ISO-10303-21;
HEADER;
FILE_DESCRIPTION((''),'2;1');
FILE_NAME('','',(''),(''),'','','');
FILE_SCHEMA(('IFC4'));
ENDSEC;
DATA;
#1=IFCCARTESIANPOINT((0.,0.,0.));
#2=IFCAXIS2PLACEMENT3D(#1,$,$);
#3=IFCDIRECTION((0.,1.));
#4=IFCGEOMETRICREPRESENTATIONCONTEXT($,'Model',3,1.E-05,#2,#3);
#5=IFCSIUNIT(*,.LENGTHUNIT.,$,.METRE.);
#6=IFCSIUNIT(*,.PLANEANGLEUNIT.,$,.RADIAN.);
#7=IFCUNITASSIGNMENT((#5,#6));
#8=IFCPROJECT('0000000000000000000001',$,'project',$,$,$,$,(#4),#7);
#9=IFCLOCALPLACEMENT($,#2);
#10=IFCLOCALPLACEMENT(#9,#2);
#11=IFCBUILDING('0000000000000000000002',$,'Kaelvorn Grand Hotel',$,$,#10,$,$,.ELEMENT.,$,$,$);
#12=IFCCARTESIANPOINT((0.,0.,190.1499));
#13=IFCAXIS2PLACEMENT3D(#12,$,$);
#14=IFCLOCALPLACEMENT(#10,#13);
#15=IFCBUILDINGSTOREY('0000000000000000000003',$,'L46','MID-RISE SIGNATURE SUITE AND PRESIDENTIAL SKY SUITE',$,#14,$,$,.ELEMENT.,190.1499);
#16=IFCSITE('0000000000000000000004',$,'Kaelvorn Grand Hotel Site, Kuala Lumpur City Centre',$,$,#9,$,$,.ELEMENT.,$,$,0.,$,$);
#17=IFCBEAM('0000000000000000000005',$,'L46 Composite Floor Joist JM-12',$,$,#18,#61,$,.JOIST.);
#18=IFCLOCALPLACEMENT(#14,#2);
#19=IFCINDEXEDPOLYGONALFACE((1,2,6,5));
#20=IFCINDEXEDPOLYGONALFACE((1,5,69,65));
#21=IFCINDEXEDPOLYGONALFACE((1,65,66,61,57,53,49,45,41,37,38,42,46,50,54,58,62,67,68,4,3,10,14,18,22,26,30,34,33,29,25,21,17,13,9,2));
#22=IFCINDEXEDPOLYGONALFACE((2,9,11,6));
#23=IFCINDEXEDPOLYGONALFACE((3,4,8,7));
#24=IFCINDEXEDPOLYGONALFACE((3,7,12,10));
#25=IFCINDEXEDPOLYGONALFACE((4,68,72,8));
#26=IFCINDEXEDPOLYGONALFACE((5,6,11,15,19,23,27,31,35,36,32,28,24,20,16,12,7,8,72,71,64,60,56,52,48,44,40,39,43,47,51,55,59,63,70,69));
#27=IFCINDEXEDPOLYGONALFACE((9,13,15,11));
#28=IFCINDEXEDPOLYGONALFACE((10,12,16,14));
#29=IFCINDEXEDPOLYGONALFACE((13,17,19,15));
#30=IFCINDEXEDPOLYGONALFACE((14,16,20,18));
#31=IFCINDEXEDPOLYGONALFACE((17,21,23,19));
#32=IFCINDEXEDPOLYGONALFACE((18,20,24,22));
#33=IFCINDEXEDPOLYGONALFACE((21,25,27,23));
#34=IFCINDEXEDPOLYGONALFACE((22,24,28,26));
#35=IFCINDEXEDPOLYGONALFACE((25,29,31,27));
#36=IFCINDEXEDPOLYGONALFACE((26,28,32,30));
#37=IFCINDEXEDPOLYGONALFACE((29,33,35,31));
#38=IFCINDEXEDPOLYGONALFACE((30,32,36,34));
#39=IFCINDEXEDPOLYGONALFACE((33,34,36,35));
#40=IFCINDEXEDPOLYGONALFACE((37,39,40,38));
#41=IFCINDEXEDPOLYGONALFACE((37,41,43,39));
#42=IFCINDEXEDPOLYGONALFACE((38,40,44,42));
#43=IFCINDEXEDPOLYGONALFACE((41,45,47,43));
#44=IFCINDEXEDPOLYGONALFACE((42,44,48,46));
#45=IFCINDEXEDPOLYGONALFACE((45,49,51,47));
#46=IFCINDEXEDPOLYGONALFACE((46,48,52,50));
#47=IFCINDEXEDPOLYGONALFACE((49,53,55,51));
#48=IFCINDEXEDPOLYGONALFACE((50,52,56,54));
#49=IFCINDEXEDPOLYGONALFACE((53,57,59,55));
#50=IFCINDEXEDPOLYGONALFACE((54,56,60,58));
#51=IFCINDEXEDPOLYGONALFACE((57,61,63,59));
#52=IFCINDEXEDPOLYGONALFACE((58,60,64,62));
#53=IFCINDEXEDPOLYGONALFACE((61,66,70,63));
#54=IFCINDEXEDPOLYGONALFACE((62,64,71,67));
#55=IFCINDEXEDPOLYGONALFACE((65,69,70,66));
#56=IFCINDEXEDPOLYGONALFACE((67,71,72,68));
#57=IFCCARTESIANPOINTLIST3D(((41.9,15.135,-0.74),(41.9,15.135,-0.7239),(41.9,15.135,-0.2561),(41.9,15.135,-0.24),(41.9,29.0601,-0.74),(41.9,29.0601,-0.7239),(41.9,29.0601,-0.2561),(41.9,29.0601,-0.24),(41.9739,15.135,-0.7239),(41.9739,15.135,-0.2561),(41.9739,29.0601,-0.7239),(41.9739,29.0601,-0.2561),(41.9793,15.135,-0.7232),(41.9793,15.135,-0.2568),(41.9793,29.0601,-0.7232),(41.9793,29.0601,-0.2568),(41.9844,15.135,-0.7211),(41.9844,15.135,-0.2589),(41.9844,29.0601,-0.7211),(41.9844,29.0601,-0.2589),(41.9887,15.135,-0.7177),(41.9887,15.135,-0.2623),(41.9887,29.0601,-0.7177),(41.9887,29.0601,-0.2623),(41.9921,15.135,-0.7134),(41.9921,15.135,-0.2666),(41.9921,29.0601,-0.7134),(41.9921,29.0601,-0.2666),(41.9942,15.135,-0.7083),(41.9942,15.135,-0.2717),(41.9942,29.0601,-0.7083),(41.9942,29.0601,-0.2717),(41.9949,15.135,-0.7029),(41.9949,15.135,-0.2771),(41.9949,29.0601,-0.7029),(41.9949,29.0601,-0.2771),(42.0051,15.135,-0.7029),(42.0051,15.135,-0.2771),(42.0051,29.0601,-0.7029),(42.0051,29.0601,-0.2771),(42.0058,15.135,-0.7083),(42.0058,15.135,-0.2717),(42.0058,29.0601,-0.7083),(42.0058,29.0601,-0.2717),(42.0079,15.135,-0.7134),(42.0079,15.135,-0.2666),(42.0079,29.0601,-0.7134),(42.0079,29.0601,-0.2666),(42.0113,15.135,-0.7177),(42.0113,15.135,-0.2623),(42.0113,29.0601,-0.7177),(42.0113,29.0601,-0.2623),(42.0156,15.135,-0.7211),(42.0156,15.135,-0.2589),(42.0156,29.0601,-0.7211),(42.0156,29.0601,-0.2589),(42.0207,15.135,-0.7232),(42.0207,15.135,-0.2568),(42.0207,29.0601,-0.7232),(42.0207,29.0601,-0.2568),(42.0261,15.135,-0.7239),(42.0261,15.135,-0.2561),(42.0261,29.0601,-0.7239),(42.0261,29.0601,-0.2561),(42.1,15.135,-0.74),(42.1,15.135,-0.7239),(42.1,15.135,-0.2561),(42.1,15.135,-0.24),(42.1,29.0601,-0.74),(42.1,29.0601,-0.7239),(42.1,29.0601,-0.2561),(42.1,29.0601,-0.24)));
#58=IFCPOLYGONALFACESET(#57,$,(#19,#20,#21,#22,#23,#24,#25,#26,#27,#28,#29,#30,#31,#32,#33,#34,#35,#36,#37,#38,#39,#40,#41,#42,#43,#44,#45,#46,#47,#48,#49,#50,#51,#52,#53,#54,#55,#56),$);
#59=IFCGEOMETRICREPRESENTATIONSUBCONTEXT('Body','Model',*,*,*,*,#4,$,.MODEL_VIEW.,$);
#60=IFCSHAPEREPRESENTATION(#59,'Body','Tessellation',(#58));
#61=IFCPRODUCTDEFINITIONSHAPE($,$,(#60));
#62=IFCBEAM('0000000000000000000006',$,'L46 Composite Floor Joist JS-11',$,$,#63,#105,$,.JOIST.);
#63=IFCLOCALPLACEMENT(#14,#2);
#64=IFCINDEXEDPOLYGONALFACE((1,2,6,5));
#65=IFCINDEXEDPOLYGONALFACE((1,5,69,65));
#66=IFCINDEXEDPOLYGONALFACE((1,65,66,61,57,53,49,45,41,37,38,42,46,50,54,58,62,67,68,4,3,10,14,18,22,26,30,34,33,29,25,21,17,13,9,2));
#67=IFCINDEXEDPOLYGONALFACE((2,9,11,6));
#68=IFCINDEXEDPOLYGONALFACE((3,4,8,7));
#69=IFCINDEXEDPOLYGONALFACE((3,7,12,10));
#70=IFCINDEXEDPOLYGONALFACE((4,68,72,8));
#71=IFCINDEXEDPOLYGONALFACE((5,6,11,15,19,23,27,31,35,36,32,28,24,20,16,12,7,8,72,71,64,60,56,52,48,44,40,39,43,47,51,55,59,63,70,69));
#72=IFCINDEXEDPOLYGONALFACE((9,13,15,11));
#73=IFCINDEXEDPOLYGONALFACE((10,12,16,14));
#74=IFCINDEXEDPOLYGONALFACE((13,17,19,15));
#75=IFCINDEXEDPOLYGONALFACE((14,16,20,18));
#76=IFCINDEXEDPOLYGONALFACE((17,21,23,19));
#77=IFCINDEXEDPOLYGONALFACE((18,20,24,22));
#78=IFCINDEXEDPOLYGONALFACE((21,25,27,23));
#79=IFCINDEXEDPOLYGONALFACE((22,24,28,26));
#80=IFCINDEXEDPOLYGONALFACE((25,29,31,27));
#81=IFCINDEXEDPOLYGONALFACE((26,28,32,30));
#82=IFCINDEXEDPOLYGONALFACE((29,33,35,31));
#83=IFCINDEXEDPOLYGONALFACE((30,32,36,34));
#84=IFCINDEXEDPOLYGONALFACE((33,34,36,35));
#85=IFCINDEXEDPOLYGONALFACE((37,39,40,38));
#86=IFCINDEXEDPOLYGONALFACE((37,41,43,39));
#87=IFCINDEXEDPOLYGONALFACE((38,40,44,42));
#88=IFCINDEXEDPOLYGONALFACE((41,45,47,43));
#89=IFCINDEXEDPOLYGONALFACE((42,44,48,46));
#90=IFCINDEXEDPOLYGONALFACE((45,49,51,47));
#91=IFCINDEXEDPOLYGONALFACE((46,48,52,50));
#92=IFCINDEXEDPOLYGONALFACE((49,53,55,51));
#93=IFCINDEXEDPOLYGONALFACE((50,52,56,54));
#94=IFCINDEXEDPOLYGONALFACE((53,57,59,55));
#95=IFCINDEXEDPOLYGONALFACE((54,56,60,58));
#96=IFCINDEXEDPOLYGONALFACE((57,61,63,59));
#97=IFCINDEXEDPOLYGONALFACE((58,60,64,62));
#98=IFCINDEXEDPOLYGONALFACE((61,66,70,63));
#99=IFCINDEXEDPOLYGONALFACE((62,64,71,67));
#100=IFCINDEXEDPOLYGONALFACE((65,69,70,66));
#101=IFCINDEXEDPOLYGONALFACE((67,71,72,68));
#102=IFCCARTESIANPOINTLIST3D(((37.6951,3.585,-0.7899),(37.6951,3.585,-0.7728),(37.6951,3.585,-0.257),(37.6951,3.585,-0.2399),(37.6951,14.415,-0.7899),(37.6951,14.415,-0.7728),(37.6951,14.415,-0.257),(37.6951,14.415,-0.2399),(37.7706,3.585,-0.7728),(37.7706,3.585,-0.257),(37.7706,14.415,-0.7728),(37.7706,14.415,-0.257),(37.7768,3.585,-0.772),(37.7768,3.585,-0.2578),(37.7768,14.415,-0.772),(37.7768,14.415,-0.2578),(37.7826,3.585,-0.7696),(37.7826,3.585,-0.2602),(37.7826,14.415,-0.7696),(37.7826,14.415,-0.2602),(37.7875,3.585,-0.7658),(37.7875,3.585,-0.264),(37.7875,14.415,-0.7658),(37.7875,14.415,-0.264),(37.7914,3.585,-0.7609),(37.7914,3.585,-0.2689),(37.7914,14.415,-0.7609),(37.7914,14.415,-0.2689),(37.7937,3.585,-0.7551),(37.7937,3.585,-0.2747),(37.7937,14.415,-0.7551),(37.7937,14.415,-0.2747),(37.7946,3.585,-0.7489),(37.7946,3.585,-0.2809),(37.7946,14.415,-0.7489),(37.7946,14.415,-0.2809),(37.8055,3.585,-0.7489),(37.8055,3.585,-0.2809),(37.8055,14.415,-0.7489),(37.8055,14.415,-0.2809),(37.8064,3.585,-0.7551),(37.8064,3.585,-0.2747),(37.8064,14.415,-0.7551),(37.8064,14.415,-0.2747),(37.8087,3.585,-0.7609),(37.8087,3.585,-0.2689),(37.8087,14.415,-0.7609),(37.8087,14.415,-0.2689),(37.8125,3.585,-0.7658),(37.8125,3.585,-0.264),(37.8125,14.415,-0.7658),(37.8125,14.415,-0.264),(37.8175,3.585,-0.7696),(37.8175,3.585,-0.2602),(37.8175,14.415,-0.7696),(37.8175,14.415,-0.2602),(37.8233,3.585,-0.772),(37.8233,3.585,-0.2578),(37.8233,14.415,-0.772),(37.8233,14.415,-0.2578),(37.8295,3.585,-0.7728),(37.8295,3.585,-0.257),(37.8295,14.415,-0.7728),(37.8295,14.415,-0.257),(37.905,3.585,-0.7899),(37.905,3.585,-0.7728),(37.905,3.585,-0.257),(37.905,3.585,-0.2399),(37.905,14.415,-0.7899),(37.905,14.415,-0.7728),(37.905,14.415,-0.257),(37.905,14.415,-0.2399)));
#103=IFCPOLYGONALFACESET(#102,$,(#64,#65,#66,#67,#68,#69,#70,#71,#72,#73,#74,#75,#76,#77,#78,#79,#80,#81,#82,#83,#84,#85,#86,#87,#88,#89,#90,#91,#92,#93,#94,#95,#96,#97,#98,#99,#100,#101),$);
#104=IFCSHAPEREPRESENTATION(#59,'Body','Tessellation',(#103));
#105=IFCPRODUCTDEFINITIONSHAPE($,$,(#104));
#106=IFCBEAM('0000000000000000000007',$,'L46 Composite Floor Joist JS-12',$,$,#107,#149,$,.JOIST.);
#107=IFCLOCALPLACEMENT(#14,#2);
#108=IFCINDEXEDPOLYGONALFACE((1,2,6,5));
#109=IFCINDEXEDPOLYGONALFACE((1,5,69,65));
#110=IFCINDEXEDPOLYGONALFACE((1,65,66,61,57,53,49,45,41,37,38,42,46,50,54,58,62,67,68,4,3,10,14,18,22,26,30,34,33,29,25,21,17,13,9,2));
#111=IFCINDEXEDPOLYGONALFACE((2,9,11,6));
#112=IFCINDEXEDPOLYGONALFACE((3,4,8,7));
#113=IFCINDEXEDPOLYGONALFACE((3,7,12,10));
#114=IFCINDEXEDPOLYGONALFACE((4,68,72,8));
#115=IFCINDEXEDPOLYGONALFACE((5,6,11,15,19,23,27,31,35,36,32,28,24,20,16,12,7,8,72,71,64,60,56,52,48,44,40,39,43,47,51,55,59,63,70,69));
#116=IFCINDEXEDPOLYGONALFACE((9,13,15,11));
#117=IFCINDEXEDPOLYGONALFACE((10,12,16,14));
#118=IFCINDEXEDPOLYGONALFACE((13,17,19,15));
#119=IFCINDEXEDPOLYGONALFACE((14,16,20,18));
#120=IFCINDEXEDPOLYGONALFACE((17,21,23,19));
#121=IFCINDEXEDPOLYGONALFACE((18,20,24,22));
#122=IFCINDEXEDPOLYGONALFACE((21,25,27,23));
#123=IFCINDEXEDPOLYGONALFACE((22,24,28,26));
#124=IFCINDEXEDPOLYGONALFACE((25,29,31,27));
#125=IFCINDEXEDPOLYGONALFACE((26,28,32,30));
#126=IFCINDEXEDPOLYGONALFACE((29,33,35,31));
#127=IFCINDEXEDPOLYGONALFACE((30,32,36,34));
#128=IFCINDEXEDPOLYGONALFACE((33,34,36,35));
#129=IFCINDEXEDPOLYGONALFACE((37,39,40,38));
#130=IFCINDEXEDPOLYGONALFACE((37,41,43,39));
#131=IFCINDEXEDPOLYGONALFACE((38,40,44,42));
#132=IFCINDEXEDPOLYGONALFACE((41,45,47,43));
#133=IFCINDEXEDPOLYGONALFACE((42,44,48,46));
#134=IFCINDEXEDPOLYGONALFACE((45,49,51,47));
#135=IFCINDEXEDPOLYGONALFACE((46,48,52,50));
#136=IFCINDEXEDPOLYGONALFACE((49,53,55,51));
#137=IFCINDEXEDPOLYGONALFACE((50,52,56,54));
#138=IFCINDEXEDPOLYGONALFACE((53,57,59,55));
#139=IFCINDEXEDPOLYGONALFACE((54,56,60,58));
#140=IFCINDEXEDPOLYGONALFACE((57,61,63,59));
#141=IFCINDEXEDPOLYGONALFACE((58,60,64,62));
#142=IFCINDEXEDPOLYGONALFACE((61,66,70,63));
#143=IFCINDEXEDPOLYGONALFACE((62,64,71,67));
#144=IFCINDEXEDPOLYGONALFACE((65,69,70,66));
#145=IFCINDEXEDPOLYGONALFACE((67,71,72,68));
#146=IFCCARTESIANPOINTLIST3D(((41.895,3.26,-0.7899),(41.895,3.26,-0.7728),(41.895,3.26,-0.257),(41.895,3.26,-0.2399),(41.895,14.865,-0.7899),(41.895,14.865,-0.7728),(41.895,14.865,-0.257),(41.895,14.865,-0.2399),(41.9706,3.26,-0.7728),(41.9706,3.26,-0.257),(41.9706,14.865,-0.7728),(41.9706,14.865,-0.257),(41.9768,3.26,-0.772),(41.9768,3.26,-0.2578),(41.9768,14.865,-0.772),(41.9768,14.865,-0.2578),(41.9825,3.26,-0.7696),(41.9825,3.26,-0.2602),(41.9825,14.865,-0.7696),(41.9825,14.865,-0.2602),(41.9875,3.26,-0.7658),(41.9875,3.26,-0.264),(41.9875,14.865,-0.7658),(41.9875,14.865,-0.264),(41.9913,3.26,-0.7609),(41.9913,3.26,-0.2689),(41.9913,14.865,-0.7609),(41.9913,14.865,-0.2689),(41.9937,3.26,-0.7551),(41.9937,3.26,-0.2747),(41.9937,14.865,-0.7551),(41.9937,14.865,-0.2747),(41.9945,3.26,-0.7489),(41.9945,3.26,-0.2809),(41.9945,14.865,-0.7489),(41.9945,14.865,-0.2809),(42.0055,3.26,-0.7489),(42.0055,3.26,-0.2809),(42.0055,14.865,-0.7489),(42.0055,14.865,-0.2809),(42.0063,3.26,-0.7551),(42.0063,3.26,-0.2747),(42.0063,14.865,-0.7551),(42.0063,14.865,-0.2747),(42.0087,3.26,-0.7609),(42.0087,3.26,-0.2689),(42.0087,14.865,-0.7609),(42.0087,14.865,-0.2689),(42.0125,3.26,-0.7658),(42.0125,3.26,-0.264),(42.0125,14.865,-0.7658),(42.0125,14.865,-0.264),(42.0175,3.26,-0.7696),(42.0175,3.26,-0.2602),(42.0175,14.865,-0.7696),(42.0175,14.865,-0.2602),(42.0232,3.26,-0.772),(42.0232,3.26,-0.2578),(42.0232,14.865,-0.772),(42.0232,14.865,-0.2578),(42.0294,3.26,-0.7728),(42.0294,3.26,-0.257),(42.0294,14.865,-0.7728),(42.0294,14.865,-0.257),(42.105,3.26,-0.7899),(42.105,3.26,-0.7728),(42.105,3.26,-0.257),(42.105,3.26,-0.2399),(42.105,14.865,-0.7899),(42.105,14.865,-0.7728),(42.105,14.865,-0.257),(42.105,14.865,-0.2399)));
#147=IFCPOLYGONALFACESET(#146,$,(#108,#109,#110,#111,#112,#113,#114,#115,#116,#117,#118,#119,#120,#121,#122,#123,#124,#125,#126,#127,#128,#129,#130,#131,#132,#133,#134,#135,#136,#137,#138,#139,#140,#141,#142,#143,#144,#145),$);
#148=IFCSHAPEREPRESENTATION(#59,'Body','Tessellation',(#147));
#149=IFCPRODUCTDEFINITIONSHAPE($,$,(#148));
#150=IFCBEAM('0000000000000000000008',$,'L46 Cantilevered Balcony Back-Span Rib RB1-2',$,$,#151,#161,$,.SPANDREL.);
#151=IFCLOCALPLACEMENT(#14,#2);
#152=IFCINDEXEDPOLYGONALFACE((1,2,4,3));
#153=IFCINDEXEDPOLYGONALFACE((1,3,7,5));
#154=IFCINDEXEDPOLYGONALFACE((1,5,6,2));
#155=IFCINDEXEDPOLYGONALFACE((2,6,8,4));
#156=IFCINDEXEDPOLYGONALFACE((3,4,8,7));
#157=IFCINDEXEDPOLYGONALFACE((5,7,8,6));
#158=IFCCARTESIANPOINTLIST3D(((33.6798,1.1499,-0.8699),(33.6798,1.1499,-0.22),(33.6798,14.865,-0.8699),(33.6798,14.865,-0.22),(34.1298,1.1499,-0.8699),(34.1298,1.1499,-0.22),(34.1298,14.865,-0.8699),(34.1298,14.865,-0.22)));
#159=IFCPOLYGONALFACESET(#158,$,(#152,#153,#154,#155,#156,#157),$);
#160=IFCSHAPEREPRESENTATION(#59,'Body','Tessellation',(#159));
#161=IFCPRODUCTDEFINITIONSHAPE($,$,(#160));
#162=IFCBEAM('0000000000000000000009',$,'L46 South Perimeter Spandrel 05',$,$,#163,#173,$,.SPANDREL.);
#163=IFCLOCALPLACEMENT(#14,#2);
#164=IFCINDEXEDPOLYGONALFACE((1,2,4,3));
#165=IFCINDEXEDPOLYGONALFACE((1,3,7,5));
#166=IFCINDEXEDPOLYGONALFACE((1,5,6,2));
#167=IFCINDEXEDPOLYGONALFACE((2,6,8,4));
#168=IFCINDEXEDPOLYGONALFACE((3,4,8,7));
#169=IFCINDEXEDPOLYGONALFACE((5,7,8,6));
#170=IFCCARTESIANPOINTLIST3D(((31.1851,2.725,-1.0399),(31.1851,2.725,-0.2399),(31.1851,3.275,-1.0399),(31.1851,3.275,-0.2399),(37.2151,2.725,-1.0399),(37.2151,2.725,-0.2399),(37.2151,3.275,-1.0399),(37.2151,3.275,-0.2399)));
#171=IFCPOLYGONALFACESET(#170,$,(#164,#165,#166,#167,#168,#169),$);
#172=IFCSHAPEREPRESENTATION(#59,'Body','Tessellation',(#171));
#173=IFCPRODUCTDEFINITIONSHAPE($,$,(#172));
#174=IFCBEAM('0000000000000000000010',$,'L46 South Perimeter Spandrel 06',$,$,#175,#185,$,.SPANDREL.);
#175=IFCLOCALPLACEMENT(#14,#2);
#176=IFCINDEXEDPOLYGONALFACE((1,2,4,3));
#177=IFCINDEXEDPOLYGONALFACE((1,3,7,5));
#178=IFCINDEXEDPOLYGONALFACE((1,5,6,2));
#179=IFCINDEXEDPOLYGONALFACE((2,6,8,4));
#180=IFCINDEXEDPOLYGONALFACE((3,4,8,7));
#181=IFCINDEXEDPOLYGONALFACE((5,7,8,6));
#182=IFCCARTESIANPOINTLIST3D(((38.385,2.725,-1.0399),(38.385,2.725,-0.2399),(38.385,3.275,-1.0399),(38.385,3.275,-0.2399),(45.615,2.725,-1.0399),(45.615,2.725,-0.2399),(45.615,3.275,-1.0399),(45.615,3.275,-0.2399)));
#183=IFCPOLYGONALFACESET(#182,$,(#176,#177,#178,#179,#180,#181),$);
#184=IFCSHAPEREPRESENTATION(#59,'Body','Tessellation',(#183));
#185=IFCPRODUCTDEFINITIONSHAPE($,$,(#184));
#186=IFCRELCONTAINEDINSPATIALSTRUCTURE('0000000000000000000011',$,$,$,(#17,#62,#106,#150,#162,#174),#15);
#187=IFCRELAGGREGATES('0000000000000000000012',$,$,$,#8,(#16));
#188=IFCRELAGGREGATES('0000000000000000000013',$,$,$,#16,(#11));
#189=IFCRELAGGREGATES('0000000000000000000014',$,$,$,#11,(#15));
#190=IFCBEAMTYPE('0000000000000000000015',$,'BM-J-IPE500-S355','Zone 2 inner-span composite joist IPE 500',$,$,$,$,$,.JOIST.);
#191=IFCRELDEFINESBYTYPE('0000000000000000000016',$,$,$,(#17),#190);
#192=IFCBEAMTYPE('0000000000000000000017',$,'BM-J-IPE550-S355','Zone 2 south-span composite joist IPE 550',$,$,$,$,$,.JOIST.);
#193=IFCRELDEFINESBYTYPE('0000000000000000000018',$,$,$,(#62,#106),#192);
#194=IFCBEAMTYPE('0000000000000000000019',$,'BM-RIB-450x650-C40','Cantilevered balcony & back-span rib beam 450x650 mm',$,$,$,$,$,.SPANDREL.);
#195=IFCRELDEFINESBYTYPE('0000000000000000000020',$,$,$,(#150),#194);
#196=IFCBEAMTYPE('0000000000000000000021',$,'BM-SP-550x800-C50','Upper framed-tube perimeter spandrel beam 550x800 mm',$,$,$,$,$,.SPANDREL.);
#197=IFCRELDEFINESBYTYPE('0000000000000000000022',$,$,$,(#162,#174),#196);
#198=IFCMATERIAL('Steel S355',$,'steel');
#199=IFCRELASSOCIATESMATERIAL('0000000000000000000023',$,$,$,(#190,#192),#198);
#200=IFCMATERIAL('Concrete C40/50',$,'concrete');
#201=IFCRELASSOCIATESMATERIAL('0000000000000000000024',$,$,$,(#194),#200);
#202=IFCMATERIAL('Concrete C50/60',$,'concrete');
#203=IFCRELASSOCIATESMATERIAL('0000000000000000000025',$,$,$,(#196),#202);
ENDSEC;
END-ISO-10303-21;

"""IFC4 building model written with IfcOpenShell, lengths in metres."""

from ifc_helpers import new_model, si_unit, direction, frame, origin, origin_2d, place, context, subcontext, project, spatial, rectangle, i_section, extrude, material, material_profile, profile_set, type_object, element, save


model = new_model("IFC4")

# Units and contexts
model_context = context("Model", 3, precision=1e-05, world=origin(), true_north=direction((0.0, 1.0)))
body_context = subcontext(model_context, "Body", "Model", "MODEL_VIEW")
ifc_project = project(units=[si_unit("LENGTHUNIT", "METRE"), si_unit("PLANEANGLEUNIT", "RADIAN")], contexts=[model_context])

# Site, building, storey
site_placement = place(None, origin())
site = spatial("IfcSite", under=ifc_project, at=site_placement, Name="Kaelvorn Grand Hotel Site, Kuala Lumpur City Centre", CompositionType="ELEMENT", RefElevation=0.0)
building_placement = place(site_placement, origin())
building = spatial("IfcBuilding", under=site, at=building_placement, Name="Kaelvorn Grand Hotel", CompositionType="ELEMENT")
storey_placement = place(building_placement, frame((0.0, 0.0, 190.1499)))
storey = spatial("IfcBuildingStorey", under=building, at=storey_placement, Name="L46", Description="MID-RISE SIGNATURE SUITE AND PRESIDENTIAL SKY SUITE", CompositionType="ELEMENT", Elevation=190.1499)

# Beams
ifc_material_1 = material(Name="Steel S355", Category="steel")
ifc_material_profile_1 = material_profile(ifc_material_1, i_section(OverallWidth=0.2, OverallDepth=0.5, WebThickness=0.0103, FlangeThickness=0.0161, FilletRadius=0.021, at=origin_2d()), Name="IPE 500")
ifc_profile_set_1 = profile_set([ifc_material_profile_1], Name="Steel S355")
beam_type_1 = type_object("IfcBeamType", Name="BM-J-IPE500-S355", Description="Zone 2 inner-span composite joist IPE 500", PredefinedType="JOIST", material=ifc_profile_set_1)
beam_1_placement = place(storey_placement, frame((42.0, 15.135, -0.49), z_axis=(0.0, 1.0, 0.0), x_axis=(-1.0, 0.0, 0.0)))
element("IfcBeam", 1, at=beam_1_placement, inside=storey, type_object=beam_type_1, Name="L46 Composite Floor Joist JM-12", PredefinedType="JOIST", context=body_context, shape_type="SweptSolid", body=[
    extrude(i_section(OverallWidth=0.2, OverallDepth=0.5, WebThickness=0.0103, FlangeThickness=0.0161, FilletRadius=0.021, at=origin_2d()), origin(), (0.0, 0.0, 1.0), 13.925),
])
ifc_material_profile_2 = material_profile(ifc_material_1, i_section(OverallWidth=0.21, OverallDepth=0.55, WebThickness=0.011, FlangeThickness=0.0171, FilletRadius=0.0239, at=origin_2d()), Name="IPE 550")
ifc_profile_set_2 = profile_set([ifc_material_profile_2], Name="Steel S355")
beam_type_2 = type_object("IfcBeamType", Name="BM-J-IPE550-S355", Description="Zone 2 south-span composite joist IPE 550", PredefinedType="JOIST", material=ifc_profile_set_2)
beam_2_placement = place(storey_placement, frame((37.8, 3.585, -0.5149), z_axis=(0.0, 1.0, 0.0), x_axis=(-1.0, 0.0, 0.0)))
element("IfcBeam", 2, at=beam_2_placement, inside=storey, type_object=beam_type_2, Name="L46 Composite Floor Joist JS-11", PredefinedType="JOIST", context=body_context, shape_type="SweptSolid", body=[
    extrude(i_section(OverallWidth=0.21, OverallDepth=0.55, WebThickness=0.011, FlangeThickness=0.0171, FilletRadius=0.0239, at=origin_2d()), origin(), (0.0, 0.0, 1.0), 10.8301),
])
beam_3_placement = place(storey_placement, frame((42.0, 3.26, -0.5149), z_axis=(0.0, 1.0, 0.0), x_axis=(-1.0, 0.0, 0.0)))
element("IfcBeam", 3, at=beam_3_placement, inside=storey, type_object=beam_type_2, Name="L46 Composite Floor Joist JS-12", PredefinedType="JOIST", context=body_context, shape_type="SweptSolid", body=[
    extrude(i_section(OverallWidth=0.21, OverallDepth=0.55, WebThickness=0.011, FlangeThickness=0.0171, FilletRadius=0.0239, at=origin_2d()), origin(), (0.0, 0.0, 1.0), 11.605),
])
ifc_material_2 = material(Name="Concrete C40/50", Category="concrete")
ifc_material_profile_3 = material_profile(ifc_material_2, rectangle(XDim=0.45, YDim=0.6499, at=origin_2d()), Name="RC RIB 450x650")
ifc_profile_set_3 = profile_set([ifc_material_profile_3], Name="Concrete C40/50")
beam_type_3 = type_object("IfcBeamType", Name="BM-RIB-450x650-C40", Description="Cantilevered balcony & back-span rib beam 450x650 mm", PredefinedType="SPANDREL", material=ifc_profile_set_3)
beam_4_placement = place(storey_placement, frame((33.9048, 1.1499, -0.5449), z_axis=(0.0, 1.0, 0.0), x_axis=(-1.0, 0.0, 0.0)))
element("IfcBeam", 4, at=beam_4_placement, inside=storey, type_object=beam_type_3, Name="L46 Cantilevered Balcony Back-Span Rib RB1-2", PredefinedType="SPANDREL", context=body_context, shape_type="SweptSolid", body=[
    extrude(rectangle(XDim=0.45, YDim=0.6499, at=origin_2d()), origin(), (0.0, 0.0, 1.0), 13.7151),
])
ifc_material_3 = material(Name="Concrete C50/60", Category="concrete")
ifc_material_profile_4 = material_profile(ifc_material_3, rectangle(XDim=0.55, YDim=0.8, at=origin_2d()), Name="RC SPANDREL 550x800")
ifc_profile_set_4 = profile_set([ifc_material_profile_4], Name="Concrete C50/60")
beam_type_4 = type_object("IfcBeamType", Name="BM-SP-550x800-C50", Description="Upper framed-tube perimeter spandrel beam 550x800 mm", PredefinedType="SPANDREL", material=ifc_profile_set_4)
beam_5_placement = place(storey_placement, frame((31.1851, 3.0, -0.6399), z_axis=(1.0, 0.0, 0.0), x_axis=(0.0, 1.0, 0.0)))
element("IfcBeam", 5, at=beam_5_placement, inside=storey, type_object=beam_type_4, Name="L46 South Perimeter Spandrel 05", PredefinedType="SPANDREL", context=body_context, shape_type="SweptSolid", body=[
    extrude(rectangle(XDim=0.55, YDim=0.8, at=origin_2d()), origin(), (0.0, 0.0, 1.0), 6.03),
])
beam_6_placement = place(storey_placement, frame((38.385, 3.0, -0.6399), z_axis=(1.0, 0.0, 0.0), x_axis=(0.0, 1.0, 0.0)))
element("IfcBeam", 6, at=beam_6_placement, inside=storey, type_object=beam_type_4, Name="L46 South Perimeter Spandrel 06", PredefinedType="SPANDREL", context=body_context, shape_type="SweptSolid", body=[
    extrude(rectangle(XDim=0.55, YDim=0.8, at=origin_2d()), origin(), (0.0, 0.0, 1.0), 7.23),
])

save(model, "model.ifc")
